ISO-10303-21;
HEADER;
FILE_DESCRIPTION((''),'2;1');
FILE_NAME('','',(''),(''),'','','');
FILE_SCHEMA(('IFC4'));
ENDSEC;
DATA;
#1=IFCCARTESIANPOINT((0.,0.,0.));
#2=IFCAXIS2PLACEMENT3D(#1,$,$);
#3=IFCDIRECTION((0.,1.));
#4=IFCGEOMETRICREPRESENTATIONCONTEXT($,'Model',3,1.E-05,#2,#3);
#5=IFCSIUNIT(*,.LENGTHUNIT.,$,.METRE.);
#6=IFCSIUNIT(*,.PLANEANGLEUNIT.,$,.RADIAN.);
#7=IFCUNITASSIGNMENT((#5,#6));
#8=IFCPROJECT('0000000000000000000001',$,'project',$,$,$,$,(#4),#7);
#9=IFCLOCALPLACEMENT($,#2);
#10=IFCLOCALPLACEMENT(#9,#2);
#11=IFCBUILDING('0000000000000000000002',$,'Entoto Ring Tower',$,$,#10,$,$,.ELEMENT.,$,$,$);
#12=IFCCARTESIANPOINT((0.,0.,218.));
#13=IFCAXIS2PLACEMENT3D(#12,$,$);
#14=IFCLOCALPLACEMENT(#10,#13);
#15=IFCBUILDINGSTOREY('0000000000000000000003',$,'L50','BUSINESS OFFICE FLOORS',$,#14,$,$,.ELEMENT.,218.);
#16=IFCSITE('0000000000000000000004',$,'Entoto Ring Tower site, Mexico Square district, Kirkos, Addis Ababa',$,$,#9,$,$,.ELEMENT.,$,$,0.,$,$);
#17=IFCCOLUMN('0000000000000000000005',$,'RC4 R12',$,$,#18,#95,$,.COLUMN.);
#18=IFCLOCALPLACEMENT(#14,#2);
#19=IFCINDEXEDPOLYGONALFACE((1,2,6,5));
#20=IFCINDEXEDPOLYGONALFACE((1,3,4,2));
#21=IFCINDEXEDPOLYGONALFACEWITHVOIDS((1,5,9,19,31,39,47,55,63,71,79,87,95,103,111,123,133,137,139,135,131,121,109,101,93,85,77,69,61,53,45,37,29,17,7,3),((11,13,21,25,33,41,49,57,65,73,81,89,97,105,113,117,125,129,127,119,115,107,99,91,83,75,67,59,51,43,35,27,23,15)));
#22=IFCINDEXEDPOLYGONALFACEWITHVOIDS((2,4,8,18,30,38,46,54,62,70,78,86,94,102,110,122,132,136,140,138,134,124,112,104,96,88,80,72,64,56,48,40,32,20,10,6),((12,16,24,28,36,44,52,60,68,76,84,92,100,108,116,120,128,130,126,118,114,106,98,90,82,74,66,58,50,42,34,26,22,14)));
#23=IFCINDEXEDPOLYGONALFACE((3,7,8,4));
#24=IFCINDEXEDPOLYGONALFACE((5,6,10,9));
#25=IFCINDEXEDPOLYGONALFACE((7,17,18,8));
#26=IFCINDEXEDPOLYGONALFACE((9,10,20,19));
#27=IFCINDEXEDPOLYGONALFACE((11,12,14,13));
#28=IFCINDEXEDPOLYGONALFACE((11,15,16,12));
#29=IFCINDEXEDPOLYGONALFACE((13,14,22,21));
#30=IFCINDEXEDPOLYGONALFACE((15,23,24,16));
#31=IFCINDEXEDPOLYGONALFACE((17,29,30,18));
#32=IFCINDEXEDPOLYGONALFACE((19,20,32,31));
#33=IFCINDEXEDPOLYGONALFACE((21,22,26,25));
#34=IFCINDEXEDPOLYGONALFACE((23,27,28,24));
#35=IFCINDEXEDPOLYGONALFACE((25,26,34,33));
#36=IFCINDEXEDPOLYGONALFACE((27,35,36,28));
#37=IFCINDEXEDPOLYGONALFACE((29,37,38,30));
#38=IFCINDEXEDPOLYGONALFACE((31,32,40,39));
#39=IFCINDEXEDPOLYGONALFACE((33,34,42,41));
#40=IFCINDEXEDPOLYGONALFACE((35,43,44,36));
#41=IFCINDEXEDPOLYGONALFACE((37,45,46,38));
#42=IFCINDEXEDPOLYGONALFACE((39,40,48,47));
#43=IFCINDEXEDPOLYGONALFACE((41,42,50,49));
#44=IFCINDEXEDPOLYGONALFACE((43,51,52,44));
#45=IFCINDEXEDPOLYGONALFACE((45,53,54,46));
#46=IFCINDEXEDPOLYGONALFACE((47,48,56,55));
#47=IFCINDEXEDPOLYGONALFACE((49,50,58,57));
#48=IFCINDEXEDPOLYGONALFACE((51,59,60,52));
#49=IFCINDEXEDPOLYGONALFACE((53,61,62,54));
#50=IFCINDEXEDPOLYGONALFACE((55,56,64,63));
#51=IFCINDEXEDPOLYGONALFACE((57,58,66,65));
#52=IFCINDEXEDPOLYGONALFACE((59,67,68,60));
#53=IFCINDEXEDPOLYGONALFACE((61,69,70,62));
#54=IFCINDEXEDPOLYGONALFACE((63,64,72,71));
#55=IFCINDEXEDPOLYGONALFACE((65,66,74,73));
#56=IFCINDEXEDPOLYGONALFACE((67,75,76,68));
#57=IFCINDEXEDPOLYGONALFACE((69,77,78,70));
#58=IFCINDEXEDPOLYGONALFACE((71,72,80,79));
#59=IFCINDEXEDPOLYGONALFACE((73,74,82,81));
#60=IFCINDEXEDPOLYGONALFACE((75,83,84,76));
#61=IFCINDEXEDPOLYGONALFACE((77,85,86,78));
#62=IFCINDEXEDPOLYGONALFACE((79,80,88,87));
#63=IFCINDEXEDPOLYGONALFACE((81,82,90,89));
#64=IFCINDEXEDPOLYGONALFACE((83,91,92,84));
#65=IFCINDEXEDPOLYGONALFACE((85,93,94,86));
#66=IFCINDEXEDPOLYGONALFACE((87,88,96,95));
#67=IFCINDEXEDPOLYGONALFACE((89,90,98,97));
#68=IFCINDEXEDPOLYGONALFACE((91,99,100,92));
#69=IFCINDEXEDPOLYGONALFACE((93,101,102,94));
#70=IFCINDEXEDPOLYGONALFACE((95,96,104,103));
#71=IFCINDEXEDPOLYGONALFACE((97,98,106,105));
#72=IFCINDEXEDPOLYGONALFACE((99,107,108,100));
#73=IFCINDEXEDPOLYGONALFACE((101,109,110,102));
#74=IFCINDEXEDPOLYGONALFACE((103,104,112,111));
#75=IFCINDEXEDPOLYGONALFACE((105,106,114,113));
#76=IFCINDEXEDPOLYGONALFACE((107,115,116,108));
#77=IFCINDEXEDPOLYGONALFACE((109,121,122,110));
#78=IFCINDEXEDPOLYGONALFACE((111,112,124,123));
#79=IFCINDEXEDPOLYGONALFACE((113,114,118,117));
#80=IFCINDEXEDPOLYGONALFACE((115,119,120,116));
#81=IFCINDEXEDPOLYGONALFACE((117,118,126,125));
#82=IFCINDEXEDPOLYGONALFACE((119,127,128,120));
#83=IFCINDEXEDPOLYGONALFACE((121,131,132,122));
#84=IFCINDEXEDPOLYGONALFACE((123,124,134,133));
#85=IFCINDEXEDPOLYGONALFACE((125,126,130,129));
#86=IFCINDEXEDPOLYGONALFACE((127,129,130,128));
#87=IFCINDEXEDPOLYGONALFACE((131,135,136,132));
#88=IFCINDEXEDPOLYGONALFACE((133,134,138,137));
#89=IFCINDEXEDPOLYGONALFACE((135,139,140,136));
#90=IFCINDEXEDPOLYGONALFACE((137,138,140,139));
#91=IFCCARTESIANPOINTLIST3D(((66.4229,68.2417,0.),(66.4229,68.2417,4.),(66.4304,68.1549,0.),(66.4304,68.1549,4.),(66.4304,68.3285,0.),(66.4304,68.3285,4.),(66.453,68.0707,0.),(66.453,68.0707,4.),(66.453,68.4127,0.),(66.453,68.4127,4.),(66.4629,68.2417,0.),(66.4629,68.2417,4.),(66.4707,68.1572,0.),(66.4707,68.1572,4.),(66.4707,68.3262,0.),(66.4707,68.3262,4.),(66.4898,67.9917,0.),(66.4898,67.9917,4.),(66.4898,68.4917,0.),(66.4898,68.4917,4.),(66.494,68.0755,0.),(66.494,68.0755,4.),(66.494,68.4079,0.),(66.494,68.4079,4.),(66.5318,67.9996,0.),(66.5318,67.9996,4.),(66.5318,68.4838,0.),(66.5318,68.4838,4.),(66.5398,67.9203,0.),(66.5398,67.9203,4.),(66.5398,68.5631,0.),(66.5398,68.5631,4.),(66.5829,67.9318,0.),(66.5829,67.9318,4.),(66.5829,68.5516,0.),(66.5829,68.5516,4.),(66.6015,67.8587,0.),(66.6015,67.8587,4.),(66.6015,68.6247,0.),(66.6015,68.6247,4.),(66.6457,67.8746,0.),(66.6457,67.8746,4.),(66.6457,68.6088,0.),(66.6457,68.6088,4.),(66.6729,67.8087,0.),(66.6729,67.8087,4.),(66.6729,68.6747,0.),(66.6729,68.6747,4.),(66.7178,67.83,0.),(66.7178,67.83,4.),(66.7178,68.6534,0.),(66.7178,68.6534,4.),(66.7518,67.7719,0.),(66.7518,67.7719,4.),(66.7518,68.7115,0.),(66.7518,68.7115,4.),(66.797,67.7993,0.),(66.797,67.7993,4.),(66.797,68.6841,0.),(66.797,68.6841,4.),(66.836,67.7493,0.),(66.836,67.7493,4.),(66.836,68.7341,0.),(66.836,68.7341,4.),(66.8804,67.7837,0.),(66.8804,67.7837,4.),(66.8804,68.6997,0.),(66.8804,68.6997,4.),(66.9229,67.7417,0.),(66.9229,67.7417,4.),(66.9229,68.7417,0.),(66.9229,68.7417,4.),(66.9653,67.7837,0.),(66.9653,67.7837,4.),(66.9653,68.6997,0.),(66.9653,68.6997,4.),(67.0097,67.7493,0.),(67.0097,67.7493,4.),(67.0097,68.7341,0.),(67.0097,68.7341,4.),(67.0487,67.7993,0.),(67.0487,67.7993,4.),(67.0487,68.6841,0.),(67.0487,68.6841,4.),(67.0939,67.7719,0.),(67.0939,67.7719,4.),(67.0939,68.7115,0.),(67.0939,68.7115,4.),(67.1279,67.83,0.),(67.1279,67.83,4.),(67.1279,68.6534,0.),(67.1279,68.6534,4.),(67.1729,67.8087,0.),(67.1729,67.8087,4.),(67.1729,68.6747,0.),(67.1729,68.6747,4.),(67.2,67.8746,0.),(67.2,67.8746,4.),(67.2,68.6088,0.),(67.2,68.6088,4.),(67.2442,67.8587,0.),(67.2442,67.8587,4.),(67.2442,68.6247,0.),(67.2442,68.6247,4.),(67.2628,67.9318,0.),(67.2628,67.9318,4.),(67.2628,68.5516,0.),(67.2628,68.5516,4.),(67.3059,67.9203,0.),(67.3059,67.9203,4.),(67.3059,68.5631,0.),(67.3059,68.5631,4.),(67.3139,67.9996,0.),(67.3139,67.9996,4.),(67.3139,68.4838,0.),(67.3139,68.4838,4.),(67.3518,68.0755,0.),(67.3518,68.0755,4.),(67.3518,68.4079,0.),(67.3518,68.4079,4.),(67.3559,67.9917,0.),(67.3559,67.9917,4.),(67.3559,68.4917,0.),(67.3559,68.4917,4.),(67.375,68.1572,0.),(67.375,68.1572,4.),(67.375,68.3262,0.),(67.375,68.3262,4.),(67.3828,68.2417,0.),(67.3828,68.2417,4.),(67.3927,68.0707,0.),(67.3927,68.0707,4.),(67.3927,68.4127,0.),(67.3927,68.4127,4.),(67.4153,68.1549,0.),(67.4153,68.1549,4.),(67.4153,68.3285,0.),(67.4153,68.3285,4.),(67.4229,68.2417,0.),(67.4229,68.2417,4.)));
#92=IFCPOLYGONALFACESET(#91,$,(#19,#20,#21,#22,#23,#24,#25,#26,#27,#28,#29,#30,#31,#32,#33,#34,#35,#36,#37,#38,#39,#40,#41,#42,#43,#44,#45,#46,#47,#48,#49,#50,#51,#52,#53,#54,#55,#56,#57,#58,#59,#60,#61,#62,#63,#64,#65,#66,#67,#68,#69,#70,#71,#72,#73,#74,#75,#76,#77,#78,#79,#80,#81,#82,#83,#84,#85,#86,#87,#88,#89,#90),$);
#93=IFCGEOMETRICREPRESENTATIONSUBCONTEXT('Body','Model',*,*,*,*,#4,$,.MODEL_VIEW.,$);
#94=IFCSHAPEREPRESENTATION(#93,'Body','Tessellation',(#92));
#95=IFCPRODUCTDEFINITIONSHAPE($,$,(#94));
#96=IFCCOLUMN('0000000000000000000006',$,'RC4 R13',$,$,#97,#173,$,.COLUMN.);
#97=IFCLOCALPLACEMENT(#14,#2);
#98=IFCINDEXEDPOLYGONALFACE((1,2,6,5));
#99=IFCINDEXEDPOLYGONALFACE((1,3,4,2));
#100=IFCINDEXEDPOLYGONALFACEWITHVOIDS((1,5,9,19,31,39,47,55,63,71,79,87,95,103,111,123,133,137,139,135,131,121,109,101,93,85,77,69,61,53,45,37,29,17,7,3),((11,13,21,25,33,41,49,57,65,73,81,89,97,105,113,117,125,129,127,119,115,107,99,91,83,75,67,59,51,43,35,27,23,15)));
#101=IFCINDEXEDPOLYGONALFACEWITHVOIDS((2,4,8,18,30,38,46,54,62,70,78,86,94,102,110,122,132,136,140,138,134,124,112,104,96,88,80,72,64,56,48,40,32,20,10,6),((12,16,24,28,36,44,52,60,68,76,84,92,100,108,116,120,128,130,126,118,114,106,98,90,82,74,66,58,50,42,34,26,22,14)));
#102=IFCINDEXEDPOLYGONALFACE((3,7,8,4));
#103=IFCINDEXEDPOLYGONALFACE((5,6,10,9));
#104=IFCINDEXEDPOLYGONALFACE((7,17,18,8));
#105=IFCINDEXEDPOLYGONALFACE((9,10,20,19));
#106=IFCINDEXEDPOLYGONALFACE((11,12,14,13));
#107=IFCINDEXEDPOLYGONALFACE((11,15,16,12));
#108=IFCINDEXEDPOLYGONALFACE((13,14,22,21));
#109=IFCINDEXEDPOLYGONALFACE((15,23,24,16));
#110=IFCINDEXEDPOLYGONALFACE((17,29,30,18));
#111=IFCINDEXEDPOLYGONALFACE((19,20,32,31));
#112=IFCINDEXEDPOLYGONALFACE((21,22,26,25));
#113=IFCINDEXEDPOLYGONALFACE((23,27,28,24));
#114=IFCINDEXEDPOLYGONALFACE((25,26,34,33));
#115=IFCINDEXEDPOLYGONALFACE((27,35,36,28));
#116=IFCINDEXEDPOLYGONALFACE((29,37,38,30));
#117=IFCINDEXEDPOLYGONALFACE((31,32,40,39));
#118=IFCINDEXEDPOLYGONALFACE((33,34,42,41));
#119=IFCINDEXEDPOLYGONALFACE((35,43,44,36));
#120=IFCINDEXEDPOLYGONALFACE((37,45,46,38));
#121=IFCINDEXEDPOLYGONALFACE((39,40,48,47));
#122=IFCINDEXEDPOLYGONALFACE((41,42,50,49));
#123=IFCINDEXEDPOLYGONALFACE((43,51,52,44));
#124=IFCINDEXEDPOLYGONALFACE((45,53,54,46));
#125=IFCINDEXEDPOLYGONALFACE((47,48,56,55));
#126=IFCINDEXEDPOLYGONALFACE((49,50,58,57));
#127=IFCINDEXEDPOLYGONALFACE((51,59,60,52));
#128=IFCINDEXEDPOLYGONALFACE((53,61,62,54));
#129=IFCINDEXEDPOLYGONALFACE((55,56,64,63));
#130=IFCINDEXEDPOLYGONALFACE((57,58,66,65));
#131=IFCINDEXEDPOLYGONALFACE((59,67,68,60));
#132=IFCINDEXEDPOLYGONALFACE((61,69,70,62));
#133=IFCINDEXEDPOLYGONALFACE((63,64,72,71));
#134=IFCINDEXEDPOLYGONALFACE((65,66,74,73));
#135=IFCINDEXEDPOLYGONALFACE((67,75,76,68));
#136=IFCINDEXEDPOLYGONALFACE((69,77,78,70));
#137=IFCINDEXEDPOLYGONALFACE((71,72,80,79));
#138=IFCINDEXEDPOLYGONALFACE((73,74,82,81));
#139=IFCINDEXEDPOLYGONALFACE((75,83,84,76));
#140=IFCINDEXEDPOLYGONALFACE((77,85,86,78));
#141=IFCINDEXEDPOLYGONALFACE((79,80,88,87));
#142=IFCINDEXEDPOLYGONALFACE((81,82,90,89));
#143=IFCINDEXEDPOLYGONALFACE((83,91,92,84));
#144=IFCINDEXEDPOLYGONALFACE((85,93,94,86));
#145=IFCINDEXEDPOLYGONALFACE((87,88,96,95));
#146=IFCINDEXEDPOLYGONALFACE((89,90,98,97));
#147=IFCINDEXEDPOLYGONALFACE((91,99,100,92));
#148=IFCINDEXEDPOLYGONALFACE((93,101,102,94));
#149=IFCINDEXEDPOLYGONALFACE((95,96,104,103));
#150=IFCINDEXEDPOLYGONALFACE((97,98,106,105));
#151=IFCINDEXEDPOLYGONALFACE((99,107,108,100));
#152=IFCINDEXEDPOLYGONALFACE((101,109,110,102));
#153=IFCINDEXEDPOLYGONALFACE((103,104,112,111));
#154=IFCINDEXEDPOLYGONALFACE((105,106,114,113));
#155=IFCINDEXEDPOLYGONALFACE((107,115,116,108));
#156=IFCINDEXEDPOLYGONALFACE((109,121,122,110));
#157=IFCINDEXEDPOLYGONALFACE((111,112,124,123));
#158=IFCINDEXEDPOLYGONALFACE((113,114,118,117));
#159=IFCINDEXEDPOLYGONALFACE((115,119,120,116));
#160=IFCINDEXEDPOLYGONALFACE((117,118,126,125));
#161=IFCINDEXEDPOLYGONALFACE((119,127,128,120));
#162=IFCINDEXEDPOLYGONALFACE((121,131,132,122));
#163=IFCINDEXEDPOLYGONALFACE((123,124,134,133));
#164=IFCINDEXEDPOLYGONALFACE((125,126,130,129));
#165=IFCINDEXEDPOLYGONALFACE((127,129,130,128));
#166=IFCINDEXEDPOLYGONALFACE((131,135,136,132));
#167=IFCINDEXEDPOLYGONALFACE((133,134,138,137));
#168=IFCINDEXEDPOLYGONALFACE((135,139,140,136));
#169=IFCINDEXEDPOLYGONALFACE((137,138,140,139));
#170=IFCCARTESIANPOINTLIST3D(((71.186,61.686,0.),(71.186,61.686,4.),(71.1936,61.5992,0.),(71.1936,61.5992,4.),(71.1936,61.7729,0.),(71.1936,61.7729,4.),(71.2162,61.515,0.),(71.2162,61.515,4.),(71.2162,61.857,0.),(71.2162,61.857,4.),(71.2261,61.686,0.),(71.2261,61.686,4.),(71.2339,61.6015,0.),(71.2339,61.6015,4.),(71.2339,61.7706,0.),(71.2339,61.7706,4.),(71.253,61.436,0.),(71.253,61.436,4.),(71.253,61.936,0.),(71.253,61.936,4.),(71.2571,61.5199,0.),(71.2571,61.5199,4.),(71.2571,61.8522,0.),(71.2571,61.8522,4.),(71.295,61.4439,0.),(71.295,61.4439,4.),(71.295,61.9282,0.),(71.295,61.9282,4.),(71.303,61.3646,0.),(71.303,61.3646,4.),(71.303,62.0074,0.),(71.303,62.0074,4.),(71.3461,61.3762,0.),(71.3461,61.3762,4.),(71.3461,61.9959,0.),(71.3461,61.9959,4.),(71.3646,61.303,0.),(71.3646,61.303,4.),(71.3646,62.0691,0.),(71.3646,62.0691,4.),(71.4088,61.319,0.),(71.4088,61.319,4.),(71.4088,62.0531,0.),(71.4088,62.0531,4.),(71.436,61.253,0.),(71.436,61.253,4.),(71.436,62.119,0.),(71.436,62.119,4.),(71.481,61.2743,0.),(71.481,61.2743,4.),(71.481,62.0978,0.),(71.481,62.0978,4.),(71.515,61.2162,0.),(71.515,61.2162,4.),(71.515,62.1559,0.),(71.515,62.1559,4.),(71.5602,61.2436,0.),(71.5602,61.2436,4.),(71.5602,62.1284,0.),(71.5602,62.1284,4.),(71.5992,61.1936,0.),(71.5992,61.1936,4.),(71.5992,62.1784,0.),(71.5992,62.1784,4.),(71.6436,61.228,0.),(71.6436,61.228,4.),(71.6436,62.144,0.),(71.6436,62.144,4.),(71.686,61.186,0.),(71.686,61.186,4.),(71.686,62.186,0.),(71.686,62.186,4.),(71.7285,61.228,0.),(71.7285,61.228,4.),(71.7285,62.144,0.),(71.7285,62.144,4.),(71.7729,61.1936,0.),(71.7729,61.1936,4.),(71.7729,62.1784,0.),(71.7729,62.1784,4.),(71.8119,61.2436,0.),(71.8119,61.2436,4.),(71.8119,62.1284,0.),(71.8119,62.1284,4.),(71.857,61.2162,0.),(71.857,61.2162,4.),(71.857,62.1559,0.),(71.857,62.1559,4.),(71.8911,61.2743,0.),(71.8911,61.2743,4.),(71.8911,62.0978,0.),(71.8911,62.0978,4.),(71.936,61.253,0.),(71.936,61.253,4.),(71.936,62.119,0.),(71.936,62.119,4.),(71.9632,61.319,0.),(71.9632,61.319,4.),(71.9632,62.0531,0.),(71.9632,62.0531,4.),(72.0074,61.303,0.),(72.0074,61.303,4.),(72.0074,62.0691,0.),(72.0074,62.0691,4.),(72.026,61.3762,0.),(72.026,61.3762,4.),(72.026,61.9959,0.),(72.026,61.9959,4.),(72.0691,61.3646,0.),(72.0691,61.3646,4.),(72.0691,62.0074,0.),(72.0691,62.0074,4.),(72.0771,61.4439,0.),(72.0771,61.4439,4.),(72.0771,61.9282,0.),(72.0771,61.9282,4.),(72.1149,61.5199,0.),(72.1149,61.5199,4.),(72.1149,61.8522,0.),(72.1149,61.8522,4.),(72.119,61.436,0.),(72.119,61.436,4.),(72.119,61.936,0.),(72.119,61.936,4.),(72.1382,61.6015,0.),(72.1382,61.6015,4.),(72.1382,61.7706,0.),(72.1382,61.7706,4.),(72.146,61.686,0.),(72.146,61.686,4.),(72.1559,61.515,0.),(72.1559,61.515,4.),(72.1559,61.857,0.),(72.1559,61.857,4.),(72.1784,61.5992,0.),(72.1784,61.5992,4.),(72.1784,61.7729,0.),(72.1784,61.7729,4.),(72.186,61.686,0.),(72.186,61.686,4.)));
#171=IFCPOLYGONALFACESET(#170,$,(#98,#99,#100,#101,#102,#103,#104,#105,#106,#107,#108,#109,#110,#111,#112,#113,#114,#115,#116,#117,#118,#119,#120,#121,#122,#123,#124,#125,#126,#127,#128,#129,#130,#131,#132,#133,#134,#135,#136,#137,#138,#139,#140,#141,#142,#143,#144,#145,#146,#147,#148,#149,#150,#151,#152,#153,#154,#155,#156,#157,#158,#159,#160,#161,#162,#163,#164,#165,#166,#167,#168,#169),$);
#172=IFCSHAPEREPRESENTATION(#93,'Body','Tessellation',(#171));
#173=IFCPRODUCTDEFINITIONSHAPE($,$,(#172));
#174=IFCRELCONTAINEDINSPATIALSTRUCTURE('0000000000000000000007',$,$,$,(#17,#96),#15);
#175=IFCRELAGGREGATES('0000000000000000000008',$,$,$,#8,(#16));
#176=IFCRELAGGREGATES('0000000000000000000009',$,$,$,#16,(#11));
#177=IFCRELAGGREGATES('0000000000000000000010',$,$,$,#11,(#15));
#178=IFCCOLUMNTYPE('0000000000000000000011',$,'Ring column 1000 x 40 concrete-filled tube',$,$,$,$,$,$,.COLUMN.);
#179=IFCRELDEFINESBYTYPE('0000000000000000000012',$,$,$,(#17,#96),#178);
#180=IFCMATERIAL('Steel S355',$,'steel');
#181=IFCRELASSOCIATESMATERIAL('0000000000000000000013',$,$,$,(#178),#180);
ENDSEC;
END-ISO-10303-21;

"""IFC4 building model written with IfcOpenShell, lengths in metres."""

from ifc_helpers import new_model, si_unit, direction, frame, origin, origin_2d, place, context, subcontext, project, spatial, circle, hollow_circle, extrude, material, material_profile, profile_set, type_object, element, save


model = new_model("IFC4")

# Units and contexts
model_context = context("Model", 3, precision=1e-05, world=origin(), true_north=direction((0.0, 1.0)))
body_context = subcontext(model_context, "Body", "Model", "MODEL_VIEW")
ifc_project = project(units=[si_unit("LENGTHUNIT", "METRE"), si_unit("PLANEANGLEUNIT", "RADIAN")], contexts=[model_context])

# Site, building, storey
site_placement = place(None, origin())
site = spatial("IfcSite", under=ifc_project, at=site_placement, Name="Entoto Ring Tower site, Mexico Square district, Kirkos, Addis Ababa", CompositionType="ELEMENT", RefElevation=0.0)
building_placement = place(site_placement, origin())
building = spatial("IfcBuilding", under=site, at=building_placement, Name="Entoto Ring Tower", CompositionType="ELEMENT")
storey_placement = place(building_placement, frame((0.0, 0.0, 218.0)))
storey = spatial("IfcBuildingStorey", under=building, at=storey_placement, Name="L50", Description="BUSINESS OFFICE FLOORS", CompositionType="ELEMENT", Elevation=218.0)

# Columns
ifc_material_1 = material(Name="Steel S355", Category="steel")
ifc_material_profile_1 = material_profile(ifc_material_1, hollow_circle(Radius=0.5, WallThickness=0.04, at=origin_2d()), Name="CHS 1000 x 40")
ifc_material_2 = material(Name="Concrete C60/75", Category="concrete")
ifc_material_profile_2 = material_profile(ifc_material_2, circle(Radius=0.46, at=origin_2d()), Name="Concrete C60/75 infill")
ifc_profile_set_1 = profile_set([ifc_material_profile_1, ifc_material_profile_2], Name="Steel S355")
column_type = type_object("IfcColumnType", Name="Ring column 1000 x 40 concrete-filled tube", PredefinedType="COLUMN", material=ifc_profile_set_1)
for number, where, z_axis, x_axis, name in (
    (1, (66.9229, 68.2417, 0.0), (0.0, 0.0, 1.0), (1.0, 0.0, 0.0), "RC4 R12"),
    (2, (71.686, 61.686, 0.0), (0.0, 0.0, 1.0), (1.0, 0.0, 0.0), "RC4 R13"),
):
    element("IfcColumn", number, at=place(storey_placement, frame(where, z_axis=z_axis, x_axis=x_axis)), inside=storey, type_object=column_type, Name=name, PredefinedType="COLUMN", context=body_context, shape_type="SweptSolid", body=[
        extrude(hollow_circle(Radius=0.5, WallThickness=0.04, at=origin_2d()), origin(), (0.0, 0.0, 1.0), 4.0),
    ])

save(model, "model.ifc")
